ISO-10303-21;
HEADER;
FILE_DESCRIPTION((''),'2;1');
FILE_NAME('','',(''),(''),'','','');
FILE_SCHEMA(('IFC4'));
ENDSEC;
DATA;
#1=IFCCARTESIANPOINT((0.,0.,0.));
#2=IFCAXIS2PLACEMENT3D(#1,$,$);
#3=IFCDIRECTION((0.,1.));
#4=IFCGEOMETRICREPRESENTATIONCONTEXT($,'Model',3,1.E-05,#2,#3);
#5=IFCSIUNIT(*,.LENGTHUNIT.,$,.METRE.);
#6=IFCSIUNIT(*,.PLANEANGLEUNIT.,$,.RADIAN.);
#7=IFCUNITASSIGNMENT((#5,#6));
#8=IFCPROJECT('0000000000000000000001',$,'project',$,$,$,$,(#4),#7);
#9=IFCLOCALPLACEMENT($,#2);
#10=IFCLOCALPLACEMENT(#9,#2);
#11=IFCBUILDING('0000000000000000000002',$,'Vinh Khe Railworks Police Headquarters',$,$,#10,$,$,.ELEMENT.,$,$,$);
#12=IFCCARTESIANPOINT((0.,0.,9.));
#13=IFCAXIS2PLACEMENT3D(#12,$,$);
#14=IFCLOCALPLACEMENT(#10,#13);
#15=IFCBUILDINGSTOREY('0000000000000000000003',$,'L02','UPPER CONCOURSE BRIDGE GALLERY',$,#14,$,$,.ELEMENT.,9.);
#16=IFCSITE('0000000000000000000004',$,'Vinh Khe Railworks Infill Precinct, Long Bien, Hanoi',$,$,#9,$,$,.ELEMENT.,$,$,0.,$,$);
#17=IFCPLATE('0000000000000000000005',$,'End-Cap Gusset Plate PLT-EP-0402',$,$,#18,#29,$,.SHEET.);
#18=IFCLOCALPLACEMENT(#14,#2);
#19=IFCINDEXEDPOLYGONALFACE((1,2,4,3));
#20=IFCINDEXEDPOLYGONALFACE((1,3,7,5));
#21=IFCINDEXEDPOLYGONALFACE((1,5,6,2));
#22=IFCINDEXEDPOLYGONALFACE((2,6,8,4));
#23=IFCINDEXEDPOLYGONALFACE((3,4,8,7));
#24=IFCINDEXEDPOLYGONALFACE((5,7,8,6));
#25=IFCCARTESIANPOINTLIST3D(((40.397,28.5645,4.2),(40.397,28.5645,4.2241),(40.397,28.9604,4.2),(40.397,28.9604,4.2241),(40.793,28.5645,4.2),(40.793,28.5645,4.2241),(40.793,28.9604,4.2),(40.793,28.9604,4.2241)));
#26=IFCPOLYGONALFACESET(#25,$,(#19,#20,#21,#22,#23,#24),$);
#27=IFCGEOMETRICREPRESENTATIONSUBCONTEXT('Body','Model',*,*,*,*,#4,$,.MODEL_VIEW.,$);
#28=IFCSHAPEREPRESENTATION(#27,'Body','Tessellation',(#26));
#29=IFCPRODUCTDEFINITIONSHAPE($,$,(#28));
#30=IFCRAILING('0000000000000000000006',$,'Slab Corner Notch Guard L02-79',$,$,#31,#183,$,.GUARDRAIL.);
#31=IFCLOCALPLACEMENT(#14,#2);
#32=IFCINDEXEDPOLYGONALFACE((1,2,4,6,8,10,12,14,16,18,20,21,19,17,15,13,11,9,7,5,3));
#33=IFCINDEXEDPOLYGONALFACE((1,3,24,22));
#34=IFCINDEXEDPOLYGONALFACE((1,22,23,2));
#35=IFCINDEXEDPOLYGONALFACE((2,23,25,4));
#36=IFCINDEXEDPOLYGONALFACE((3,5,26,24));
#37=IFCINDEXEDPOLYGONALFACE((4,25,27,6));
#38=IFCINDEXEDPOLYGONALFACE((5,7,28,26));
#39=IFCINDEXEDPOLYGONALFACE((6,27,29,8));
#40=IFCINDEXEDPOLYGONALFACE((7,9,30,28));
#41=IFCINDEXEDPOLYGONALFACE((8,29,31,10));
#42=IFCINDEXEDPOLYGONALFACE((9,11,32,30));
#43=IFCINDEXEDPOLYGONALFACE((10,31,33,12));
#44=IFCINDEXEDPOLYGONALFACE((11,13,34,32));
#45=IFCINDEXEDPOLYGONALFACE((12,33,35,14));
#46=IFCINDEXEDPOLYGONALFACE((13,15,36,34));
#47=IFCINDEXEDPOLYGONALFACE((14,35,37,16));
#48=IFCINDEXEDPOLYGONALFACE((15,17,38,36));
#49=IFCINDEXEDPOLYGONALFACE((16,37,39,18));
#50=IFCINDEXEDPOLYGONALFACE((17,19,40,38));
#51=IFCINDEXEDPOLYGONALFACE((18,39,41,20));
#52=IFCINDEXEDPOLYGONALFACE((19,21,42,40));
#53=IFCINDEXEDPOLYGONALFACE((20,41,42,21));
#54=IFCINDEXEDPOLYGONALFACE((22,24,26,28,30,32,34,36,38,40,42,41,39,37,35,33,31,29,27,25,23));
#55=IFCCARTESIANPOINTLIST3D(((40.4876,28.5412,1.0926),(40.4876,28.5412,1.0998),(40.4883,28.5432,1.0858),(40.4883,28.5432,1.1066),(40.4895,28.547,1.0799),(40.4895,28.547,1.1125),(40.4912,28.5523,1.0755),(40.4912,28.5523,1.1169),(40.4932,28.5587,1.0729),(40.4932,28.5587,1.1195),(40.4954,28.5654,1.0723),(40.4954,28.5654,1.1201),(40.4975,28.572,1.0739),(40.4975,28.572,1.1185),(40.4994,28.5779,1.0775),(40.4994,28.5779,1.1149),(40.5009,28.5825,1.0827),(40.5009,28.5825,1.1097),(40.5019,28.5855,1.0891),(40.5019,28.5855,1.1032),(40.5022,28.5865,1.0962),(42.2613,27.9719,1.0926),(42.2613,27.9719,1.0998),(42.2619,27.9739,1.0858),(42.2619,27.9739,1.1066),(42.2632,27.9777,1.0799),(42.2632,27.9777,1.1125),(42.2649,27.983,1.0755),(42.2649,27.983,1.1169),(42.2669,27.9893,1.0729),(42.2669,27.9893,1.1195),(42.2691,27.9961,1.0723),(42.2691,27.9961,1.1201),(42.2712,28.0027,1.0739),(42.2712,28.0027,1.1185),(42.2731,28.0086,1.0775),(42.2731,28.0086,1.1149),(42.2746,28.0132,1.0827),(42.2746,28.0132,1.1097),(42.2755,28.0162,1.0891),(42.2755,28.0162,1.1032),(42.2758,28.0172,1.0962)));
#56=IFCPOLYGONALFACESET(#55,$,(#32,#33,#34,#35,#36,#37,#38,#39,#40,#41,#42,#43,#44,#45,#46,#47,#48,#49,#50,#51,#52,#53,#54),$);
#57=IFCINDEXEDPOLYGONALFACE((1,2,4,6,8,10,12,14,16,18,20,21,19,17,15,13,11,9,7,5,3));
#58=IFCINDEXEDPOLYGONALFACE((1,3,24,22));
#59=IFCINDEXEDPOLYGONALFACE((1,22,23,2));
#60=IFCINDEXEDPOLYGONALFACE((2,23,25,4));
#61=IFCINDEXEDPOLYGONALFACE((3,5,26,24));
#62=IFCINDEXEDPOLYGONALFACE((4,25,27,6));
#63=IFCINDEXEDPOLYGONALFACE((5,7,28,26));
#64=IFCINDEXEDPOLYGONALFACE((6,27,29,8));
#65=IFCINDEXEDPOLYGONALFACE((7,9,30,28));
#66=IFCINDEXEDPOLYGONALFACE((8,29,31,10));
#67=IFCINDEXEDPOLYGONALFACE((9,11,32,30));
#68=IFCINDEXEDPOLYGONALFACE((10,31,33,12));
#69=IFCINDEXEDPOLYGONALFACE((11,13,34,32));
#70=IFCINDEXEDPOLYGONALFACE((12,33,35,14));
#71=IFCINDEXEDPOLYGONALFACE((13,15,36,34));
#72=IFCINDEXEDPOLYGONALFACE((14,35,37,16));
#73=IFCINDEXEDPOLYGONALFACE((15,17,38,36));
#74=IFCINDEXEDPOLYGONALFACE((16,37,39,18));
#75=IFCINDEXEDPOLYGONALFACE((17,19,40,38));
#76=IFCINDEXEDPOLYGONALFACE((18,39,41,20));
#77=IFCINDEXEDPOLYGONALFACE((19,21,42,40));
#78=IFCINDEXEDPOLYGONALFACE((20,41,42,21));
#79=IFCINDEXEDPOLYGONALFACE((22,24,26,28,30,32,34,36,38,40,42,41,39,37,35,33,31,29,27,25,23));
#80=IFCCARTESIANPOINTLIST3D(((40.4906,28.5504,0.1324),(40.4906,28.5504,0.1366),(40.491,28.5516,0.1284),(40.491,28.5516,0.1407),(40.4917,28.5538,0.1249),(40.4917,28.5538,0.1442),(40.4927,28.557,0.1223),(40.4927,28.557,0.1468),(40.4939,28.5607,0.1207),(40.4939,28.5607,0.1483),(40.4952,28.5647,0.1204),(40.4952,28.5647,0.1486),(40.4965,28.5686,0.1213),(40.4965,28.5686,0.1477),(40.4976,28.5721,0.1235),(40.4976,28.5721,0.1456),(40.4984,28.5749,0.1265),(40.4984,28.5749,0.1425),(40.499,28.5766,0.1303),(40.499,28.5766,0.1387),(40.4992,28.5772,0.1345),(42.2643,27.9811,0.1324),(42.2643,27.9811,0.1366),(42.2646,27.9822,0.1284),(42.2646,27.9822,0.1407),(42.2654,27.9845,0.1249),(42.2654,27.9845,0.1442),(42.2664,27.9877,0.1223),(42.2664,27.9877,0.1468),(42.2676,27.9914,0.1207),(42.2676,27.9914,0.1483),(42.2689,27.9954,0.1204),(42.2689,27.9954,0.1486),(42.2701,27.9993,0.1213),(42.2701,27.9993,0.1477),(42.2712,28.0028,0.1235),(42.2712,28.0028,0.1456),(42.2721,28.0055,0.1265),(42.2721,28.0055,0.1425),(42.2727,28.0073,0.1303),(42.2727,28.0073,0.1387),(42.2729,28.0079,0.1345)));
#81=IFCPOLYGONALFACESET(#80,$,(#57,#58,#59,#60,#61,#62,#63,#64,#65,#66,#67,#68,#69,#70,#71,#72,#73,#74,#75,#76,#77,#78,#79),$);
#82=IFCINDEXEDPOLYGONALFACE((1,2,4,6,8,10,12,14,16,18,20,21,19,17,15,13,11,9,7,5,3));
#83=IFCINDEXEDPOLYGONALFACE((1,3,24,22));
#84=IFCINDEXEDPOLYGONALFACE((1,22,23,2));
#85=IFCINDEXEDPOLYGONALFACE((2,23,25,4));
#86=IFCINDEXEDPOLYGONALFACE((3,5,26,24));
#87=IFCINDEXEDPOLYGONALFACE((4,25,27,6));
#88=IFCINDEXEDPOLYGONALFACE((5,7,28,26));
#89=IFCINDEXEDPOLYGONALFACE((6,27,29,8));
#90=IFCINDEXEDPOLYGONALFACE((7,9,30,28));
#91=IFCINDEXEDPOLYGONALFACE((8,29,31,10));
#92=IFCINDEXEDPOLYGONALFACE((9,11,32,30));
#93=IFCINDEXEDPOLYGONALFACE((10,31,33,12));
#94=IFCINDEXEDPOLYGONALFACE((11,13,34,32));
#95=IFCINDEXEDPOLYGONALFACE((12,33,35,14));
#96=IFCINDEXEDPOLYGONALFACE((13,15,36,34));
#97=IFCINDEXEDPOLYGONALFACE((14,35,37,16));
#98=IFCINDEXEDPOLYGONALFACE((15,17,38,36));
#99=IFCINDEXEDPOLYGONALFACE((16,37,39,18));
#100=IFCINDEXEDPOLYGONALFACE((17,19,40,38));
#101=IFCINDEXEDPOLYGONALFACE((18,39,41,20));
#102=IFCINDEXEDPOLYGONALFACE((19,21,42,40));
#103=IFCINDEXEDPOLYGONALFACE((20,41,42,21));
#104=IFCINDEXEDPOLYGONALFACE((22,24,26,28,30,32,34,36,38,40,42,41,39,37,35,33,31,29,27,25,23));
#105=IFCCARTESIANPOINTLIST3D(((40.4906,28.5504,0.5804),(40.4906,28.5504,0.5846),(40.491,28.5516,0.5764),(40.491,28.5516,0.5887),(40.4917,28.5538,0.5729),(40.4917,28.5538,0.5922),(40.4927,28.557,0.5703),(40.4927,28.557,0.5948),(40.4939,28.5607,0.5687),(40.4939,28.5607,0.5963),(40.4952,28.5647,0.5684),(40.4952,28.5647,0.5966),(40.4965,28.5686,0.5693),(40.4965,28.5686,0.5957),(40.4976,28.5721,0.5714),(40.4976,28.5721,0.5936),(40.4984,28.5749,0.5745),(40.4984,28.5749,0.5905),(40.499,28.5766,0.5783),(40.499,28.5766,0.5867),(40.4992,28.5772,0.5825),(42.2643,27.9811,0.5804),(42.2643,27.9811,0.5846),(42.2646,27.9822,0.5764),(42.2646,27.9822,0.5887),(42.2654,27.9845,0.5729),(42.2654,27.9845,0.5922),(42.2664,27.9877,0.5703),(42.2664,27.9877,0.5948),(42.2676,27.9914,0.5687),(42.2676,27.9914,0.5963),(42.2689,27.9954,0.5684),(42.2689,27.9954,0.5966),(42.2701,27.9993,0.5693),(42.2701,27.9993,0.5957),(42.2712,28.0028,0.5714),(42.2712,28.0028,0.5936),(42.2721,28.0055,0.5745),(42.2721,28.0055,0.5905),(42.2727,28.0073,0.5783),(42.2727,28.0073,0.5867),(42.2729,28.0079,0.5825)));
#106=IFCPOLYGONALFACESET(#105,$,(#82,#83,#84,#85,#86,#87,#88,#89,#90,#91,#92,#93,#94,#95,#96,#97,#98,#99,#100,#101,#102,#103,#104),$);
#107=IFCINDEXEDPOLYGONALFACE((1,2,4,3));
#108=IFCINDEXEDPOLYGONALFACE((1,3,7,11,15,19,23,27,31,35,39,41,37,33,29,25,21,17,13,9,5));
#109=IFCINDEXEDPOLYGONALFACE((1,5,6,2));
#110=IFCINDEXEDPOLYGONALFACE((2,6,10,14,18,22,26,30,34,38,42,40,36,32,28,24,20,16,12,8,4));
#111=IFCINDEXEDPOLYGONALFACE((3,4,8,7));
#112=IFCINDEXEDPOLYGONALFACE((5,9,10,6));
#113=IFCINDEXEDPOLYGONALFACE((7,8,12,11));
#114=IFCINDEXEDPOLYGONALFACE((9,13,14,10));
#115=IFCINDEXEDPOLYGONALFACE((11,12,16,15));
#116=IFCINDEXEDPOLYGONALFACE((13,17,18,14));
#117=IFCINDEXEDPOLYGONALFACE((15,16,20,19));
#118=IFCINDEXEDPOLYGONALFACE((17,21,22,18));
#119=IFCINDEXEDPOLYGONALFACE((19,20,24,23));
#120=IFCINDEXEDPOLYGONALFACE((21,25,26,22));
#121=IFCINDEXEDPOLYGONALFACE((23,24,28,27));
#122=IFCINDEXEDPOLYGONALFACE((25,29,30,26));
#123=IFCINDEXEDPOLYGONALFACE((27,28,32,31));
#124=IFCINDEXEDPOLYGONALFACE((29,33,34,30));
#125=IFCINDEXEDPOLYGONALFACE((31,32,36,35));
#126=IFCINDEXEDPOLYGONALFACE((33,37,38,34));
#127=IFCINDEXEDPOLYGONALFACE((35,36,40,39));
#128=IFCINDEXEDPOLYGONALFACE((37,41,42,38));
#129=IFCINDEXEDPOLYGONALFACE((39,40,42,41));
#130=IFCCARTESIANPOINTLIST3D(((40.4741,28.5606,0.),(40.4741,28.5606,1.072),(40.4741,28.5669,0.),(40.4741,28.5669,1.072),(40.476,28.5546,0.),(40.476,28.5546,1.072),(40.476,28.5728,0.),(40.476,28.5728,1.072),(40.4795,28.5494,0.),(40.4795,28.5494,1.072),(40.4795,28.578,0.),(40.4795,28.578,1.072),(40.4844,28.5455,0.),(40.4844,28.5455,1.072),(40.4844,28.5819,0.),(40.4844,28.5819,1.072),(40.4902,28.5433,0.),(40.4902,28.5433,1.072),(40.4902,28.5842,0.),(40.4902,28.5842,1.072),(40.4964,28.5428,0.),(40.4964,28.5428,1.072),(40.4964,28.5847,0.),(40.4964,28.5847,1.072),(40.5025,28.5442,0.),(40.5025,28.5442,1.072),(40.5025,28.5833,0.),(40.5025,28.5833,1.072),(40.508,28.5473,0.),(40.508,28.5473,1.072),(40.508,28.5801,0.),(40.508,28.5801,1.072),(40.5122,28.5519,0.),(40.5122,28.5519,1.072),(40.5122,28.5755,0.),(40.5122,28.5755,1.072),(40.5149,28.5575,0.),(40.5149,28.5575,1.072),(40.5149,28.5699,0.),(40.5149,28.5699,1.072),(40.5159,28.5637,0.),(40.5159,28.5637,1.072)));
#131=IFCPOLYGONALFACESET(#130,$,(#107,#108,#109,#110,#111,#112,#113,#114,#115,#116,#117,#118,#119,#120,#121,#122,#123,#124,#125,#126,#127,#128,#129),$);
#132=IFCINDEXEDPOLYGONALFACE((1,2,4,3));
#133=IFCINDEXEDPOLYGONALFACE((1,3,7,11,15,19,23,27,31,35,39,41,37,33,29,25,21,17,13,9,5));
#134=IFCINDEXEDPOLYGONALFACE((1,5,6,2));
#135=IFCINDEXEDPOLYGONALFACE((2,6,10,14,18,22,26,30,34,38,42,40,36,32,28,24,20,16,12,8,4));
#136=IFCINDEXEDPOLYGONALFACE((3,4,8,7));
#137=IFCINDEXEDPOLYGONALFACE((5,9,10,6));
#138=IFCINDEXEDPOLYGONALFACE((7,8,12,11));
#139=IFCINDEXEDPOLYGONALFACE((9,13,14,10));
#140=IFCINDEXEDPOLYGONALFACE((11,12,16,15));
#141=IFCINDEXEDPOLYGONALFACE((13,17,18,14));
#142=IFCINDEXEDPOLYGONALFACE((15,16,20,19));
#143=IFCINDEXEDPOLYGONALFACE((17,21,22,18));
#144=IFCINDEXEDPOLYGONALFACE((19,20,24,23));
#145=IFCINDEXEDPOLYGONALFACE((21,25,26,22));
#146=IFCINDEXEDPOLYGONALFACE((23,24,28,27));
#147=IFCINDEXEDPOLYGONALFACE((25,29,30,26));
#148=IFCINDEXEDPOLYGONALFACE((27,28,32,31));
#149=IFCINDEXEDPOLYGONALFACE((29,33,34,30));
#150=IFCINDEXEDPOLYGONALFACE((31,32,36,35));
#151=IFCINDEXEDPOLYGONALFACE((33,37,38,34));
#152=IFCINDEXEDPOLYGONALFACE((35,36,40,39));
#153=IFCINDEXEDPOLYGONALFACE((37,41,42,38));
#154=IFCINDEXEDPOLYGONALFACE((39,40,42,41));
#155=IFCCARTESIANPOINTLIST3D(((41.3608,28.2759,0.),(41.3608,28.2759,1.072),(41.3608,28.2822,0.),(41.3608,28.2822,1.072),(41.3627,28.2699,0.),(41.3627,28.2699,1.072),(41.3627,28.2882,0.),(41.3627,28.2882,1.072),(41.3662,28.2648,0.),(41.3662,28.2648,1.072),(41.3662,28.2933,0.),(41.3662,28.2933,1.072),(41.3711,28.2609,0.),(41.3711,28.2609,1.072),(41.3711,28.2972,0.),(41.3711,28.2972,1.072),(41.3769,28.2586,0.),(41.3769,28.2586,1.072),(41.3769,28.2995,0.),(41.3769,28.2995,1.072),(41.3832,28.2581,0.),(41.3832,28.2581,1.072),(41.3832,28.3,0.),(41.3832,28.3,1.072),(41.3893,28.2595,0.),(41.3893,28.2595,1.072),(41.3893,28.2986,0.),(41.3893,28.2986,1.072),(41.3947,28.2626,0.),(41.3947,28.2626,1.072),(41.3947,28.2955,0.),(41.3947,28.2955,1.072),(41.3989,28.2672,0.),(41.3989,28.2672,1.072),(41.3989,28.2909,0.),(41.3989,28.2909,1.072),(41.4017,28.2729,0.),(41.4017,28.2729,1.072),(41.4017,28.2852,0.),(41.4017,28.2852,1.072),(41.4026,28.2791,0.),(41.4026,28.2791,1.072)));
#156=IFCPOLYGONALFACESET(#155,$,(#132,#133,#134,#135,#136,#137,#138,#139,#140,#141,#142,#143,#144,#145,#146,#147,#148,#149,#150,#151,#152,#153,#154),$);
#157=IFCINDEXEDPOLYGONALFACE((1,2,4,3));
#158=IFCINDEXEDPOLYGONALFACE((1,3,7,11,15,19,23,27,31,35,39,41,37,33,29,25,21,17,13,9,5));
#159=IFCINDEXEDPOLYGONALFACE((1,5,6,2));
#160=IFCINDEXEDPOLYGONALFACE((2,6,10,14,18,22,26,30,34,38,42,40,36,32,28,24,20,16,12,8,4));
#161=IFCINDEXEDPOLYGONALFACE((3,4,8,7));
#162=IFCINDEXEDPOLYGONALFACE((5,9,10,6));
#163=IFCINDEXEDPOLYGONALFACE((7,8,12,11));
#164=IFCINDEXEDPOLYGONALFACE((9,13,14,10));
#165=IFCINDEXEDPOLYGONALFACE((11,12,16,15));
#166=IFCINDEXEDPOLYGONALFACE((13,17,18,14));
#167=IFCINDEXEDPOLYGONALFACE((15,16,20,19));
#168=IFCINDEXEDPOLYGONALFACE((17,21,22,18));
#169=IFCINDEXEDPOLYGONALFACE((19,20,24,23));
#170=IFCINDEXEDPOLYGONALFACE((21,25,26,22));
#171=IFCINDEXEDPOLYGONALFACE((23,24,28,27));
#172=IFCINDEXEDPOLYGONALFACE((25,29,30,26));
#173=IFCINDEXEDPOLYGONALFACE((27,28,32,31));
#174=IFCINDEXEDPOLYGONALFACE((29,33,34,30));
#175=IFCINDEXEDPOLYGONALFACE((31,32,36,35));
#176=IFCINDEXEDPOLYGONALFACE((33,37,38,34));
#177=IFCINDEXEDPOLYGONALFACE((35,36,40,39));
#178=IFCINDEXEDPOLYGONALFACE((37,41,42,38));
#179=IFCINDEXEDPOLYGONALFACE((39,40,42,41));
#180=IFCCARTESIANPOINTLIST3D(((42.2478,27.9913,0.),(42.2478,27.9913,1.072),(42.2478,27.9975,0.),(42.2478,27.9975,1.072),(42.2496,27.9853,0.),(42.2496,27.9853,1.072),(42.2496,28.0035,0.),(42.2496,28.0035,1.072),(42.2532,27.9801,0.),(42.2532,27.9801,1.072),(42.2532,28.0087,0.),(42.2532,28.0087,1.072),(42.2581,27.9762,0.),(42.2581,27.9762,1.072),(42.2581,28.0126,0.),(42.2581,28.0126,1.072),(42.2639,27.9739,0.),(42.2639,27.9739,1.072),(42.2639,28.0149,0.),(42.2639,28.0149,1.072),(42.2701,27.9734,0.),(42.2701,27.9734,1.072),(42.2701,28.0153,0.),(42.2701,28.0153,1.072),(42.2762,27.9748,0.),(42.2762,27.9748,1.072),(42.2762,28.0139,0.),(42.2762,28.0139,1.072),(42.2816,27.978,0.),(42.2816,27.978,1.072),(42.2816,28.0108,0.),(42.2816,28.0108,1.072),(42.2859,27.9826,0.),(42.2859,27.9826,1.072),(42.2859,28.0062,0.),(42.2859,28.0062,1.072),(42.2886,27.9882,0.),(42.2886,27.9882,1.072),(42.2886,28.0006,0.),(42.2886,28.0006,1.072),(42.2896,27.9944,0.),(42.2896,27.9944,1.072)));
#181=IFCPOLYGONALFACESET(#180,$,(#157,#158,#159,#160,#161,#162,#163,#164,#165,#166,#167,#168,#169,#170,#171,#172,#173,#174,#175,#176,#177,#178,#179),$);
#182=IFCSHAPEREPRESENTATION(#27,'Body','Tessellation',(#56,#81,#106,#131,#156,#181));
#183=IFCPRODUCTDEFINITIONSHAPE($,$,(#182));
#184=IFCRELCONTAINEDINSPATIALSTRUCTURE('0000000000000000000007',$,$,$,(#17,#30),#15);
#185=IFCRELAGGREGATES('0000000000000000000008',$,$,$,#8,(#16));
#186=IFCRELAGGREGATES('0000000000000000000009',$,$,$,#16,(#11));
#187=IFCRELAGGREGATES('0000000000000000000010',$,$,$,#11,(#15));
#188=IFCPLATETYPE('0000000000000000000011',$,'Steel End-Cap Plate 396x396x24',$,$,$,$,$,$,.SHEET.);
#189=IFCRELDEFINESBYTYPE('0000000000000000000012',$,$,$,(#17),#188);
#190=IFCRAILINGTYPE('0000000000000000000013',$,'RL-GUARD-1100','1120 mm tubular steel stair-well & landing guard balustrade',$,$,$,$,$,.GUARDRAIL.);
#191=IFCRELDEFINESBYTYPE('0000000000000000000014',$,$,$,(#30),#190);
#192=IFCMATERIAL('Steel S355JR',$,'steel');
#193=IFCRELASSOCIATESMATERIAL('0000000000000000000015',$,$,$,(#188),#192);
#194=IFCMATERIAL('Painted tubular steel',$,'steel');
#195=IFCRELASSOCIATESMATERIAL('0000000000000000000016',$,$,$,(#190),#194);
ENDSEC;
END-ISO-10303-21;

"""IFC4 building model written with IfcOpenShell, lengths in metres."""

from ifc_helpers import new_model, si_unit, direction, frame, origin, origin_2d, place, context, subcontext, project, spatial, rectangle, circle, extrude, material, material_profile, profile_set, type_object, element, save


model = new_model("IFC4")

# Units and contexts
model_context = context("Model", 3, precision=1e-05, world=origin(), true_north=direction((0.0, 1.0)))
body_context = subcontext(model_context, "Body", "Model", "MODEL_VIEW")
ifc_project = project(units=[si_unit("LENGTHUNIT", "METRE"), si_unit("PLANEANGLEUNIT", "RADIAN")], contexts=[model_context])

# Site, building, storey
site_placement = place(None, origin())
site = spatial("IfcSite", under=ifc_project, at=site_placement, Name="Vinh Khe Railworks Infill Precinct, Long Bien, Hanoi", CompositionType="ELEMENT", RefElevation=0.0)
building_placement = place(site_placement, origin())
building = spatial("IfcBuilding", under=site, at=building_placement, Name="Vinh Khe Railworks Police Headquarters", CompositionType="ELEMENT")
storey_placement = place(building_placement, frame((0.0, 0.0, 9.0)))
storey = spatial("IfcBuildingStorey", under=building, at=storey_placement, Name="L02", Description="UPPER CONCOURSE BRIDGE GALLERY", CompositionType="ELEMENT", Elevation=9.0)

# Shared definitions
ifc_material_1 = material(Name="Steel S355JR", Category="steel")

# Plate
ifc_material_profile_1 = material_profile(ifc_material_1, rectangle(XDim=0.396, YDim=0.396, at=origin_2d()), Name="PL 396x396")
ifc_profile_set_1 = profile_set([ifc_material_profile_1], Name="Steel S355JR")
plate_type_1 = type_object("IfcPlateType", Name="Steel End-Cap Plate 396x396x24", PredefinedType="SHEET", material=ifc_profile_set_1)
plate_1_placement = place(storey_placement, frame((40.595, 28.7625, 4.2), z_axis=(0.0, 0.0, 1.0), x_axis=(1.0, 0.0, 0.0)))
element("IfcPlate", 1, at=plate_1_placement, inside=storey, type_object=plate_type_1, Name="End-Cap Gusset Plate PLT-EP-0402", PredefinedType="SHEET", context=body_context, shape_type="SweptSolid", body=[
    extrude(rectangle(XDim=0.396, YDim=0.396, at=origin_2d()), origin(), (0.0, 0.0, 1.0), 0.0242),
])

# Railing
ifc_material_2 = material(Name="Painted tubular steel", Category="steel")
railing_type = type_object("IfcRailingType", Name="RL-GUARD-1100", Description="1120 mm tubular steel stair-well & landing guard balustrade", PredefinedType="GUARDRAIL", material=ifc_material_2)
railing_placement = place(storey_placement, frame((40.4949, 28.5637, 0.0)))
element("IfcRailing", 2, at=railing_placement, inside=storey, type_object=railing_type, Name="Slab Corner Notch Guard L02-79", PredefinedType="GUARDRAIL", context=body_context, shape_type="SweptSolid", body=[
    extrude(circle(Radius=0.0239, at=origin_2d()), frame((0.0, 0.0, 1.0962), z_axis=(0.95215, -0.305632, 0.0), x_axis=(0.305632, 0.95215, 0.0)), (0.0, 0.0, 1.0), 1.8628),
    extrude(circle(Radius=0.0142, at=origin_2d()), frame((0.0, 0.0, 0.1345), z_axis=(0.95215, -0.305632, 0.0), x_axis=(0.305632, 0.95215, 0.0)), (0.0, 0.0, 1.0), 1.8628),
    extrude(circle(Radius=0.0142, at=origin_2d()), frame((0.0, 0.0, 0.5825), z_axis=(0.95215, -0.305632, 0.0), x_axis=(0.305632, 0.95215, 0.0)), (0.0, 0.0, 1.0), 1.8628),
    extrude(circle(Radius=0.021, at=origin_2d()), origin(), (0.0, 0.0, 1.0), 1.072),
    extrude(circle(Radius=0.021, at=origin_2d()), frame((0.8867, -0.2847, 0.0)), (0.0, 0.0, 1.0), 1.072),
    extrude(circle(Radius=0.021, at=origin_2d()), frame((1.7737, -0.5693, 0.0)), (0.0, 0.0, 1.0), 1.072),
])

save(model, "model.ifc")
